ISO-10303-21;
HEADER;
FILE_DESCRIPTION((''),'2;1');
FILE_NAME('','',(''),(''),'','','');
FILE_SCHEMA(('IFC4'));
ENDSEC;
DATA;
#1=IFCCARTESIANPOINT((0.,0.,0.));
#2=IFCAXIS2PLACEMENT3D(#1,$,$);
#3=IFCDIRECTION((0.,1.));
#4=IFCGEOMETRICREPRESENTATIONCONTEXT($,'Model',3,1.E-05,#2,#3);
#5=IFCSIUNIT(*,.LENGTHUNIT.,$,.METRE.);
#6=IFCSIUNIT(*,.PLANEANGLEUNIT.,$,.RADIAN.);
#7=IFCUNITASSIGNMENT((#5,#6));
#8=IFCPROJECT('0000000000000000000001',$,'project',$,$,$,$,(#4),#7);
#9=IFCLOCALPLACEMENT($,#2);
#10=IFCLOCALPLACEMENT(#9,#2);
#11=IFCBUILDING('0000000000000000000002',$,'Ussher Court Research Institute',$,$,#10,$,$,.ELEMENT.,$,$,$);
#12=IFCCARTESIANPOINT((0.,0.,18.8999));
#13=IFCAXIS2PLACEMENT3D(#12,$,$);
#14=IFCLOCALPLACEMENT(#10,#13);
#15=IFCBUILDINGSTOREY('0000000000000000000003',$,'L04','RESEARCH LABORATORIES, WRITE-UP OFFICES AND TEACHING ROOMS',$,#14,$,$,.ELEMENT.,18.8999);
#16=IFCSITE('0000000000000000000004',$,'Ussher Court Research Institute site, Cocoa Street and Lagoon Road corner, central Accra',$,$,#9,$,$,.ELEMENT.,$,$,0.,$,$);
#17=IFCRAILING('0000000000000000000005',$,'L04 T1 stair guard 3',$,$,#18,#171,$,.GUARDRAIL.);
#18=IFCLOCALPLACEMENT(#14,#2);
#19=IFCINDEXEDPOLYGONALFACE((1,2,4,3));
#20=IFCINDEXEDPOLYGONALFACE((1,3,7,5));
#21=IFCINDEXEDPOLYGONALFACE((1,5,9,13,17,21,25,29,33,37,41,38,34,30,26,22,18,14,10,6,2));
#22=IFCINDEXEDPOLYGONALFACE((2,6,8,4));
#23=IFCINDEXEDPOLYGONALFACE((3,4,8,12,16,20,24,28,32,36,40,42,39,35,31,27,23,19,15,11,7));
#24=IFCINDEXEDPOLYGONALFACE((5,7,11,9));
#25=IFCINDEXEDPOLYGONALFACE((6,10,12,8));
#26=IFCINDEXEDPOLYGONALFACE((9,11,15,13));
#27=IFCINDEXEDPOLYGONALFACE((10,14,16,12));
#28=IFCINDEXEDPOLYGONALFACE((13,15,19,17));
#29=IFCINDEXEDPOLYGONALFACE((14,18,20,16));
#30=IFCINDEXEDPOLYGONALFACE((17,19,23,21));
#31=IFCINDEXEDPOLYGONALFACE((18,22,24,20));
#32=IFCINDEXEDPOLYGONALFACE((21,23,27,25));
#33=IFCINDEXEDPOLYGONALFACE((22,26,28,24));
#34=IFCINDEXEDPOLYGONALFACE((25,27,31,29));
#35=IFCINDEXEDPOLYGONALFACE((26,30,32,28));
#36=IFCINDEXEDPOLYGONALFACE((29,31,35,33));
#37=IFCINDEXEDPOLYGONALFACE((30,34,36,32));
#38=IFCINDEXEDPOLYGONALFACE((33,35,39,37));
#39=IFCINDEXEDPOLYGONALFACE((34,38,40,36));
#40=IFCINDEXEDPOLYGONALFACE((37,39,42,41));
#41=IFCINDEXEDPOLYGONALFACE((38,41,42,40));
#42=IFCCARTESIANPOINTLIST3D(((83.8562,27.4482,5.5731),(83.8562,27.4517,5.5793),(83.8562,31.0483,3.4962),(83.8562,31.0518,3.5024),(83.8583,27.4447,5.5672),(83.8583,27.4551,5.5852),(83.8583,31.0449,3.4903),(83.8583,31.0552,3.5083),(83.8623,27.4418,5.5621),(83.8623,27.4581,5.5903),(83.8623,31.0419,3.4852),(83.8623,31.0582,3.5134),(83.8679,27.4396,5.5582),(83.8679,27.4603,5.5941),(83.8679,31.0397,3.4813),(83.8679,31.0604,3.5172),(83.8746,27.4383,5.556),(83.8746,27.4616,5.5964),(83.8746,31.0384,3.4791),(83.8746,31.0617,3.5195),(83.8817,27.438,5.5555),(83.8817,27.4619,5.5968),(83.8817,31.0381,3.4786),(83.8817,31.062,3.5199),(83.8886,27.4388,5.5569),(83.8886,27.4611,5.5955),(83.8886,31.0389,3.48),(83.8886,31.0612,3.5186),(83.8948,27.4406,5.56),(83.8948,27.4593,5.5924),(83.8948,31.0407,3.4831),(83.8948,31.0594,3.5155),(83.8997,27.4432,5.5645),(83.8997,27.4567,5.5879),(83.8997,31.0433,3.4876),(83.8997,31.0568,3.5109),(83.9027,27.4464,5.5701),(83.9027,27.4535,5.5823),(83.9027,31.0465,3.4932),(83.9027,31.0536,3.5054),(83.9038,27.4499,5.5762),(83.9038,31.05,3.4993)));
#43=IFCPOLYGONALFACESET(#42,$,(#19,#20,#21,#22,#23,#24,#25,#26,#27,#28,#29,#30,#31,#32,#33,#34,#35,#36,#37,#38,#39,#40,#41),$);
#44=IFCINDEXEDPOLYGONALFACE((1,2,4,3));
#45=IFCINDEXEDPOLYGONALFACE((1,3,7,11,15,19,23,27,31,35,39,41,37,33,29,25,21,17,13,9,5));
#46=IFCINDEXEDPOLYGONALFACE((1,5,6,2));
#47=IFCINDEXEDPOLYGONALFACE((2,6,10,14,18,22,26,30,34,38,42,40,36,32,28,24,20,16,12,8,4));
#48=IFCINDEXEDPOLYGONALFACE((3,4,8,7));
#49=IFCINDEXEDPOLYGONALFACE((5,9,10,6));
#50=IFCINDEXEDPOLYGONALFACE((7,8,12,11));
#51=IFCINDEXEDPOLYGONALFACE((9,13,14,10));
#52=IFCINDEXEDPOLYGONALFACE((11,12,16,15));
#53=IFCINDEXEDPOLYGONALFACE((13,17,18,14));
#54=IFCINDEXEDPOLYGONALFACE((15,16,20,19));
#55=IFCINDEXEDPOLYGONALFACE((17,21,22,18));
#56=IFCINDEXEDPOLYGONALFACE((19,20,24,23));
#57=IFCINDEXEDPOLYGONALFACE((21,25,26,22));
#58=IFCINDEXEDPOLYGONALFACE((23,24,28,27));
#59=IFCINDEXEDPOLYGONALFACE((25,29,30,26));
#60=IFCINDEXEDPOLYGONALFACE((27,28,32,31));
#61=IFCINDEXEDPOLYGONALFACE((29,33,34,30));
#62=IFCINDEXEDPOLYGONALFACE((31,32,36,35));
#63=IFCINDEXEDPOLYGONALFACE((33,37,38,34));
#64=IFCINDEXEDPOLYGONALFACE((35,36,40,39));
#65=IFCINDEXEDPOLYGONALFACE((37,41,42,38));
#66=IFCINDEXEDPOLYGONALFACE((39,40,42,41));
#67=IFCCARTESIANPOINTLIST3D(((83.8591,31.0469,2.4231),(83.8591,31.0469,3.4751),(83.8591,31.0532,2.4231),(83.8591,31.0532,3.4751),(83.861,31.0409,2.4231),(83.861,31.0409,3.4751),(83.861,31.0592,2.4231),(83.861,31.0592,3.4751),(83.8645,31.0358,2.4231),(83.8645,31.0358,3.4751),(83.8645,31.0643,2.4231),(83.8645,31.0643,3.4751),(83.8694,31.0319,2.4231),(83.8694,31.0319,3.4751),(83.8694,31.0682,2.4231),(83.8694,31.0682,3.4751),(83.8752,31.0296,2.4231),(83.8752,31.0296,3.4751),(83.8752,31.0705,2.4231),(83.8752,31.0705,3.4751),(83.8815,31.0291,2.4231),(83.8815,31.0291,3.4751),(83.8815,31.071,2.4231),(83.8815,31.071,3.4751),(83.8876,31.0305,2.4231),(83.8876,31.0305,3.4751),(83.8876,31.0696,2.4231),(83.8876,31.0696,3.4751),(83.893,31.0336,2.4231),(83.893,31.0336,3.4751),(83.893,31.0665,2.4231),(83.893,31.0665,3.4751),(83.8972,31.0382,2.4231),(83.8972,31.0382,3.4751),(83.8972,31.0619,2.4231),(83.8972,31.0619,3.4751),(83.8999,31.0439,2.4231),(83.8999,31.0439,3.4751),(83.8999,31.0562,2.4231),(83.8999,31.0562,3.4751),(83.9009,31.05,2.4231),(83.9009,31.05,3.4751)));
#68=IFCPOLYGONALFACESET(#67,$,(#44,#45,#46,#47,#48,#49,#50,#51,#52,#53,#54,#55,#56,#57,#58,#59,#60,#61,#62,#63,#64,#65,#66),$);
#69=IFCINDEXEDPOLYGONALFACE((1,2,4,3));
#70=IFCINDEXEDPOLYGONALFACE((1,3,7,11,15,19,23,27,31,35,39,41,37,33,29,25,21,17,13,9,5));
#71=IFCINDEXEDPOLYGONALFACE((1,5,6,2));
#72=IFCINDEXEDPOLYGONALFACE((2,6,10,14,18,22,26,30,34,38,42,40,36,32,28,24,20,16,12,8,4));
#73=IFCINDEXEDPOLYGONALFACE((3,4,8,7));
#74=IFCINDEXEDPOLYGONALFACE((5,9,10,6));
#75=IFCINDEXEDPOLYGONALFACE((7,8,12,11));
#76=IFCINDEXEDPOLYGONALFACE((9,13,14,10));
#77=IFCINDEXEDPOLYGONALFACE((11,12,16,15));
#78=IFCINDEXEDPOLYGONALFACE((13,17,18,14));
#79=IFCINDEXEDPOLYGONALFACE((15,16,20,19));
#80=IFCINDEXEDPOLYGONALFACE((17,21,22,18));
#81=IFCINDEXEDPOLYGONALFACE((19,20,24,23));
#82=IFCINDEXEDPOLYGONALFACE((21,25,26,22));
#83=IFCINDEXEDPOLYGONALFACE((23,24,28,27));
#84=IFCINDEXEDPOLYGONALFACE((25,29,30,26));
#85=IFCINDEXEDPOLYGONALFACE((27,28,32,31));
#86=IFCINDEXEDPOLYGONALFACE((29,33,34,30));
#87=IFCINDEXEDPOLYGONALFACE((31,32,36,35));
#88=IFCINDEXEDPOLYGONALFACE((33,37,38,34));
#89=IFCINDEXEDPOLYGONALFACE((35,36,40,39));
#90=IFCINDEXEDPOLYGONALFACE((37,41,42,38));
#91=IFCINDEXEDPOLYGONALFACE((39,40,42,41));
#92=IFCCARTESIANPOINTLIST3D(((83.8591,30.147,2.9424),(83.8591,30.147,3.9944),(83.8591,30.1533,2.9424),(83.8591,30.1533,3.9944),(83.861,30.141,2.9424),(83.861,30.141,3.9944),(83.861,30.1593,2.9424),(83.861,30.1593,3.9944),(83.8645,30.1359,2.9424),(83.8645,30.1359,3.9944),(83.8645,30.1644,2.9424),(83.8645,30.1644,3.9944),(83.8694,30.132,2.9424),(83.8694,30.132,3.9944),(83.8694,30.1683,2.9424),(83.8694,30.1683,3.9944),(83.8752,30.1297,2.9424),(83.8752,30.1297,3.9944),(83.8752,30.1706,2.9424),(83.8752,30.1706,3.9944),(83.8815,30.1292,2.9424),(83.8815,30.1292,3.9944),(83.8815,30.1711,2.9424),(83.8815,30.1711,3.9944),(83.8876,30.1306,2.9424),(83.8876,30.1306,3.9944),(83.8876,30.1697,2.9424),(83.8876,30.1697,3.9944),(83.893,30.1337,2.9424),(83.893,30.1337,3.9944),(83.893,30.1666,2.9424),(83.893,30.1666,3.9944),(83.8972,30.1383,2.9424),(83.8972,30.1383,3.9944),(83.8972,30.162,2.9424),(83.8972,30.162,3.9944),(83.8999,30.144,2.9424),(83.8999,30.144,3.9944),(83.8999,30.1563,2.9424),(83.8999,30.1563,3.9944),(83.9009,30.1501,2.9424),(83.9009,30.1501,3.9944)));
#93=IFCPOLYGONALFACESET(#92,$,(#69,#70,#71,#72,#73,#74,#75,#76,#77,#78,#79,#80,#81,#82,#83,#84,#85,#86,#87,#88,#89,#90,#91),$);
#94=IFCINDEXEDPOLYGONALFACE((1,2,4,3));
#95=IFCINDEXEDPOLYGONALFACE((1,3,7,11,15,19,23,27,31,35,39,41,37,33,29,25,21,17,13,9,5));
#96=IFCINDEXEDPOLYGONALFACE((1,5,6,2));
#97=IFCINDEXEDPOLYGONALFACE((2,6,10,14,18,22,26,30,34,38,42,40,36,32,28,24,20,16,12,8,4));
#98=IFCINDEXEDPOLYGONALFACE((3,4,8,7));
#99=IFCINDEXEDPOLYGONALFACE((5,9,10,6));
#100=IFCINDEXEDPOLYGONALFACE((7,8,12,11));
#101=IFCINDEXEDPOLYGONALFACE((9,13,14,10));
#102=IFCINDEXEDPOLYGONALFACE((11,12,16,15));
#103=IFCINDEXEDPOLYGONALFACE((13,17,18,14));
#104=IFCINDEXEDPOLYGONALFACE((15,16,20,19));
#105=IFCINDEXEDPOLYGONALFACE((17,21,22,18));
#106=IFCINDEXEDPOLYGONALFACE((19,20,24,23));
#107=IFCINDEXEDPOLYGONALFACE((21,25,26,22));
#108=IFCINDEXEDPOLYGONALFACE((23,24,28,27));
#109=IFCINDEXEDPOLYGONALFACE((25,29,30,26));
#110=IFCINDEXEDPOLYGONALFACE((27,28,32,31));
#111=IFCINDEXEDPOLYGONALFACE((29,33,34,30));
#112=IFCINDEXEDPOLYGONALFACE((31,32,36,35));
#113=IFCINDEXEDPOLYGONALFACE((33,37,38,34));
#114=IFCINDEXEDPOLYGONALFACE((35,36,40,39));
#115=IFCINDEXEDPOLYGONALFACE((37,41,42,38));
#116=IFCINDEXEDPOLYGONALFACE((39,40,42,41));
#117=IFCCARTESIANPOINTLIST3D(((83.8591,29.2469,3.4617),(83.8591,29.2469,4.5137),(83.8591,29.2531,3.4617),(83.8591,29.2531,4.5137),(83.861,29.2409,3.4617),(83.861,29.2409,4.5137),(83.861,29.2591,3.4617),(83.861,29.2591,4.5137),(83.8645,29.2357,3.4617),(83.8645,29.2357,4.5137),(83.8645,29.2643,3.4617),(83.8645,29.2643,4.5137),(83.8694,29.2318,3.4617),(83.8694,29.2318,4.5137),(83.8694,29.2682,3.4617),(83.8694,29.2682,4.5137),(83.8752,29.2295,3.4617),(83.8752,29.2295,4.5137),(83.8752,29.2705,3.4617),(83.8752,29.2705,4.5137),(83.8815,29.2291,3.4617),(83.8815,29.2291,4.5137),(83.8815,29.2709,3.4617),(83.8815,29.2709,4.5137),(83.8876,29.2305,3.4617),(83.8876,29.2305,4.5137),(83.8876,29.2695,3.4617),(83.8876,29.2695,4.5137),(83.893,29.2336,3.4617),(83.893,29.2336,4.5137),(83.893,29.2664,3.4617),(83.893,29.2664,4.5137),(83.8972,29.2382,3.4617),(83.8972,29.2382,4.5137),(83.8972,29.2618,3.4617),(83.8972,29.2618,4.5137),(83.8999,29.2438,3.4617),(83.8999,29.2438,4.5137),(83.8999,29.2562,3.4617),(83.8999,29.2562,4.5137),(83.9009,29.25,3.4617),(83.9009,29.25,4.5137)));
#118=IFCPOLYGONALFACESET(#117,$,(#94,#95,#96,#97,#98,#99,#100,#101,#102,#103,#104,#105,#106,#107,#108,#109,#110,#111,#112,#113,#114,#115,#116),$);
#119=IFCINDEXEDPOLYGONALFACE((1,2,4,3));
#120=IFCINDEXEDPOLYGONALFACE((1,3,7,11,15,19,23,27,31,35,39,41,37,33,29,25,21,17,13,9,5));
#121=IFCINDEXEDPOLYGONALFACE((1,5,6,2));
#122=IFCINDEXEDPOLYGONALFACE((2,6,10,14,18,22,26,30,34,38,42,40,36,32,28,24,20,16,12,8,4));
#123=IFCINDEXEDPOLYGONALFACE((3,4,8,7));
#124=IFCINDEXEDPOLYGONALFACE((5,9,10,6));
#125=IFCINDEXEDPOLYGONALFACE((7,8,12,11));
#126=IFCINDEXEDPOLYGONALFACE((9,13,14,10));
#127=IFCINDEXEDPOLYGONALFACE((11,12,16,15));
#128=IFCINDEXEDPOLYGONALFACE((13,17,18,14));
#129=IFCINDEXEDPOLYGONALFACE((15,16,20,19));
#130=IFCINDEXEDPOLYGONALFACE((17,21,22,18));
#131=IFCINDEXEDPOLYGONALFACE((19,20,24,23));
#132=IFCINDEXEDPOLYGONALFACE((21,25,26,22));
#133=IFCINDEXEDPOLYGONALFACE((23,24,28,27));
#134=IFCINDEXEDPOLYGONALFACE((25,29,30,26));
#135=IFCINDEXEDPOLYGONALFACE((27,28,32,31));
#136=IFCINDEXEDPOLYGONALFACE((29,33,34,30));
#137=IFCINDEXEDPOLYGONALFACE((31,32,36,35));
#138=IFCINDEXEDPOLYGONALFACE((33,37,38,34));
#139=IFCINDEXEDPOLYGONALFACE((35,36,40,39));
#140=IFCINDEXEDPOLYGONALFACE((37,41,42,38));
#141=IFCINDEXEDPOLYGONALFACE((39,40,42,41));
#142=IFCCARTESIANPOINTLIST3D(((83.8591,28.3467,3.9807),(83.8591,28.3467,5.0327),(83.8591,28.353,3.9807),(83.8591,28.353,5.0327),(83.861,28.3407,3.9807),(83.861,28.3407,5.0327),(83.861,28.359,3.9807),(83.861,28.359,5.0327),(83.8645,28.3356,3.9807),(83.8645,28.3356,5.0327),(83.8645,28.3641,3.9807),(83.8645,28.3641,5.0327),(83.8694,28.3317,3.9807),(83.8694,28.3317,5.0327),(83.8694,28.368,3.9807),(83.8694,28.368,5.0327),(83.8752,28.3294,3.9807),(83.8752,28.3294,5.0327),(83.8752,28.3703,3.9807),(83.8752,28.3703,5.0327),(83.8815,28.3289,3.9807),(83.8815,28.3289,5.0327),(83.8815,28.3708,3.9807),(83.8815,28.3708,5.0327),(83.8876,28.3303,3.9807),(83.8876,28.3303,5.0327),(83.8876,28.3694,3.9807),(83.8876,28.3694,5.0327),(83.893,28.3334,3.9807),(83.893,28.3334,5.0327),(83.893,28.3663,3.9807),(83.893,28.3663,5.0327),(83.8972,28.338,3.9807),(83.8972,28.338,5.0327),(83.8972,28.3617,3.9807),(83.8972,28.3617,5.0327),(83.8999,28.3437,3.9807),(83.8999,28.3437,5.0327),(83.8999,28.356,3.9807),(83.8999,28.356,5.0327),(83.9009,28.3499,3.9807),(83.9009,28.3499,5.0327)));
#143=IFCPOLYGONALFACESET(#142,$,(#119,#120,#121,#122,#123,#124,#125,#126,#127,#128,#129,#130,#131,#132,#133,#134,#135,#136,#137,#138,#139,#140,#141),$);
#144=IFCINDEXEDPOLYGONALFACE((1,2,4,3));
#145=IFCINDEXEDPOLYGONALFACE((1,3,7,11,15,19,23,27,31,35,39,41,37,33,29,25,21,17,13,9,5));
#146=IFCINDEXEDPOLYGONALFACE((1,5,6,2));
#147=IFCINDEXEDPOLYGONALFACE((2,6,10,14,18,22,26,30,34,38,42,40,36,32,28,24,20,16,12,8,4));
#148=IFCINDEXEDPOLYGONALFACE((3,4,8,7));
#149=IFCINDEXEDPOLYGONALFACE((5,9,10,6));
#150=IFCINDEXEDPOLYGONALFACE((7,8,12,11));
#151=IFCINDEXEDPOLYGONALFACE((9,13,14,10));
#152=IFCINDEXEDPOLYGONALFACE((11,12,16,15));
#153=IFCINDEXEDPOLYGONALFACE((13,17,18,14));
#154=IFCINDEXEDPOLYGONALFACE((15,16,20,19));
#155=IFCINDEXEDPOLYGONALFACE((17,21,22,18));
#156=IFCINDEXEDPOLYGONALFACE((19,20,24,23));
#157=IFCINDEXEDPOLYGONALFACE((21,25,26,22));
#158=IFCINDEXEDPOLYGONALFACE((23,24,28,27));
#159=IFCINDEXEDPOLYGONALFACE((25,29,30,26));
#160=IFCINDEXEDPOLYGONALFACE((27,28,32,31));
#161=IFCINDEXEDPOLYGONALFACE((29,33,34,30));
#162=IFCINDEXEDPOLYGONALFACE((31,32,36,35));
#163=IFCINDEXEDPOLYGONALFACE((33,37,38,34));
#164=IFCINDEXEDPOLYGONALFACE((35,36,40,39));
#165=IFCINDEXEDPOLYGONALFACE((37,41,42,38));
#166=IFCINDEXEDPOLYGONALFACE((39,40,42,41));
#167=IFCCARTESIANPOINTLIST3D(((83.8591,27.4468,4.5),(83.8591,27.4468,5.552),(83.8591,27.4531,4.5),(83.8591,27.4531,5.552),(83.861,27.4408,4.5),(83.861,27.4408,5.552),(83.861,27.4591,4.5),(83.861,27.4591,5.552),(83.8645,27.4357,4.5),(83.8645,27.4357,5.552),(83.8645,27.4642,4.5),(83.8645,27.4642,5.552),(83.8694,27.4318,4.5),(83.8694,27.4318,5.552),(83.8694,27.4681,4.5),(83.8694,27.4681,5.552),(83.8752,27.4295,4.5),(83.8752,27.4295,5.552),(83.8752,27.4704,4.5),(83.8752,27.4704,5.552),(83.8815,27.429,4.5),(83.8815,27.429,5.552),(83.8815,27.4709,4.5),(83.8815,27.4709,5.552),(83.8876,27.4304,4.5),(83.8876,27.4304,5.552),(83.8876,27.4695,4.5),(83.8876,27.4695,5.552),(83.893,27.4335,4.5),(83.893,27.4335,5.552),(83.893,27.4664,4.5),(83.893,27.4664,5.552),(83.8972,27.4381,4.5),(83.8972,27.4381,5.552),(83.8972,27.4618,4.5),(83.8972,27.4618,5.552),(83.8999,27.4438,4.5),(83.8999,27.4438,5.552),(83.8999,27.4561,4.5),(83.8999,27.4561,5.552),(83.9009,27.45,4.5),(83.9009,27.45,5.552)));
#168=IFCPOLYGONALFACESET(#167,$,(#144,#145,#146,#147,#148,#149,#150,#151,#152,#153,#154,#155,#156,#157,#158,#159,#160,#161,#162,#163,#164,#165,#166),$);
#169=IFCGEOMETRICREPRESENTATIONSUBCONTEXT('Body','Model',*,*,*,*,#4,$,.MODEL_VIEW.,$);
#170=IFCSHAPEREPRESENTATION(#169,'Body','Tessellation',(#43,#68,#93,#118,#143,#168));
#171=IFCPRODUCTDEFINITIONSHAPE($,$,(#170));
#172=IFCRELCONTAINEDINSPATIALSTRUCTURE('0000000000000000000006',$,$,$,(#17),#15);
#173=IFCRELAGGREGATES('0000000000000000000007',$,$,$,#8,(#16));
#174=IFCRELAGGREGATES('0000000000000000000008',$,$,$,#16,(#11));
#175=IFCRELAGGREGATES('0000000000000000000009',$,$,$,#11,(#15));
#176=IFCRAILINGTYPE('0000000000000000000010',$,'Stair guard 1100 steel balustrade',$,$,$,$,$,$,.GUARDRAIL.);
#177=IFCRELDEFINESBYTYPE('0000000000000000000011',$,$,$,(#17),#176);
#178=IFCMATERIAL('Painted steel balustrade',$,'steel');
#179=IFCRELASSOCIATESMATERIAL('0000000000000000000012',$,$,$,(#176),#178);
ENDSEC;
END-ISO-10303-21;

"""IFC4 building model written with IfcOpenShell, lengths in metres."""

from ifc_helpers import new_model, si_unit, direction, frame, origin, origin_2d, place, context, subcontext, project, spatial, circle, extrude, material, type_object, element, save


model = new_model("IFC4")

# Units and contexts
model_context = context("Model", 3, precision=1e-05, world=origin(), true_north=direction((0.0, 1.0)))
body_context = subcontext(model_context, "Body", "Model", "MODEL_VIEW")
ifc_project = project(units=[si_unit("LENGTHUNIT", "METRE"), si_unit("PLANEANGLEUNIT", "RADIAN")], contexts=[model_context])

# Site, building, storey
site_placement = place(None, origin())
site = spatial("IfcSite", under=ifc_project, at=site_placement, Name="Ussher Court Research Institute site, Cocoa Street and Lagoon Road corner, central Accra", CompositionType="ELEMENT", RefElevation=0.0)
building_placement = place(site_placement, origin())
building = spatial("IfcBuilding", under=site, at=building_placement, Name="Ussher Court Research Institute", CompositionType="ELEMENT")
storey_placement = place(building_placement, frame((0.0, 0.0, 18.8999)))
storey = spatial("IfcBuildingStorey", under=building, at=storey_placement, Name="L04", Description="RESEARCH LABORATORIES, WRITE-UP OFFICES AND TEACHING ROOMS", CompositionType="ELEMENT", Elevation=18.8999)

# Railing
ifc_material_1 = material(Name="Painted steel balustrade", Category="steel")
railing_type_1 = type_object("IfcRailingType", Name="Stair guard 1100 steel balustrade", PredefinedType="GUARDRAIL", material=ifc_material_1)
railing_1_placement = place(storey_placement, frame((83.8799, 31.05, 2.4231)))
element("IfcRailing", 1, at=railing_1_placement, inside=storey, type_object=railing_type_1, Name="L04 T1 stair guard 3", PredefinedType="GUARDRAIL", context=body_context, shape_type="SweptSolid", body=[
    extrude(circle(Radius=0.0239, at=origin_2d()), frame((0.0, 0.0, 1.0762), z_axis=(0.0, -0.866193, 0.499709), x_axis=(1.0, 0.0, 0.0)), (0.0, 0.0, 1.0), 4.1562),
    extrude(circle(Radius=0.021, at=origin_2d()), origin(), (0.0, 0.0, 1.0), 1.052),
    extrude(circle(Radius=0.021, at=origin_2d()), frame((0.0, -0.8999, 0.5193)), (0.0, 0.0, 1.0), 1.052),
    extrude(circle(Radius=0.021, at=origin_2d()), frame((0.0, -1.8, 1.0386)), (0.0, 0.0, 1.0), 1.052),
    extrude(circle(Radius=0.021, at=origin_2d()), frame((0.0, -2.7002, 1.5576)), (0.0, 0.0, 1.0), 1.052),
    extrude(circle(Radius=0.021, at=origin_2d()), frame((0.0, -3.6001, 2.0769)), (0.0, 0.0, 1.0), 1.052),
])

save(model, "model.ifc")
